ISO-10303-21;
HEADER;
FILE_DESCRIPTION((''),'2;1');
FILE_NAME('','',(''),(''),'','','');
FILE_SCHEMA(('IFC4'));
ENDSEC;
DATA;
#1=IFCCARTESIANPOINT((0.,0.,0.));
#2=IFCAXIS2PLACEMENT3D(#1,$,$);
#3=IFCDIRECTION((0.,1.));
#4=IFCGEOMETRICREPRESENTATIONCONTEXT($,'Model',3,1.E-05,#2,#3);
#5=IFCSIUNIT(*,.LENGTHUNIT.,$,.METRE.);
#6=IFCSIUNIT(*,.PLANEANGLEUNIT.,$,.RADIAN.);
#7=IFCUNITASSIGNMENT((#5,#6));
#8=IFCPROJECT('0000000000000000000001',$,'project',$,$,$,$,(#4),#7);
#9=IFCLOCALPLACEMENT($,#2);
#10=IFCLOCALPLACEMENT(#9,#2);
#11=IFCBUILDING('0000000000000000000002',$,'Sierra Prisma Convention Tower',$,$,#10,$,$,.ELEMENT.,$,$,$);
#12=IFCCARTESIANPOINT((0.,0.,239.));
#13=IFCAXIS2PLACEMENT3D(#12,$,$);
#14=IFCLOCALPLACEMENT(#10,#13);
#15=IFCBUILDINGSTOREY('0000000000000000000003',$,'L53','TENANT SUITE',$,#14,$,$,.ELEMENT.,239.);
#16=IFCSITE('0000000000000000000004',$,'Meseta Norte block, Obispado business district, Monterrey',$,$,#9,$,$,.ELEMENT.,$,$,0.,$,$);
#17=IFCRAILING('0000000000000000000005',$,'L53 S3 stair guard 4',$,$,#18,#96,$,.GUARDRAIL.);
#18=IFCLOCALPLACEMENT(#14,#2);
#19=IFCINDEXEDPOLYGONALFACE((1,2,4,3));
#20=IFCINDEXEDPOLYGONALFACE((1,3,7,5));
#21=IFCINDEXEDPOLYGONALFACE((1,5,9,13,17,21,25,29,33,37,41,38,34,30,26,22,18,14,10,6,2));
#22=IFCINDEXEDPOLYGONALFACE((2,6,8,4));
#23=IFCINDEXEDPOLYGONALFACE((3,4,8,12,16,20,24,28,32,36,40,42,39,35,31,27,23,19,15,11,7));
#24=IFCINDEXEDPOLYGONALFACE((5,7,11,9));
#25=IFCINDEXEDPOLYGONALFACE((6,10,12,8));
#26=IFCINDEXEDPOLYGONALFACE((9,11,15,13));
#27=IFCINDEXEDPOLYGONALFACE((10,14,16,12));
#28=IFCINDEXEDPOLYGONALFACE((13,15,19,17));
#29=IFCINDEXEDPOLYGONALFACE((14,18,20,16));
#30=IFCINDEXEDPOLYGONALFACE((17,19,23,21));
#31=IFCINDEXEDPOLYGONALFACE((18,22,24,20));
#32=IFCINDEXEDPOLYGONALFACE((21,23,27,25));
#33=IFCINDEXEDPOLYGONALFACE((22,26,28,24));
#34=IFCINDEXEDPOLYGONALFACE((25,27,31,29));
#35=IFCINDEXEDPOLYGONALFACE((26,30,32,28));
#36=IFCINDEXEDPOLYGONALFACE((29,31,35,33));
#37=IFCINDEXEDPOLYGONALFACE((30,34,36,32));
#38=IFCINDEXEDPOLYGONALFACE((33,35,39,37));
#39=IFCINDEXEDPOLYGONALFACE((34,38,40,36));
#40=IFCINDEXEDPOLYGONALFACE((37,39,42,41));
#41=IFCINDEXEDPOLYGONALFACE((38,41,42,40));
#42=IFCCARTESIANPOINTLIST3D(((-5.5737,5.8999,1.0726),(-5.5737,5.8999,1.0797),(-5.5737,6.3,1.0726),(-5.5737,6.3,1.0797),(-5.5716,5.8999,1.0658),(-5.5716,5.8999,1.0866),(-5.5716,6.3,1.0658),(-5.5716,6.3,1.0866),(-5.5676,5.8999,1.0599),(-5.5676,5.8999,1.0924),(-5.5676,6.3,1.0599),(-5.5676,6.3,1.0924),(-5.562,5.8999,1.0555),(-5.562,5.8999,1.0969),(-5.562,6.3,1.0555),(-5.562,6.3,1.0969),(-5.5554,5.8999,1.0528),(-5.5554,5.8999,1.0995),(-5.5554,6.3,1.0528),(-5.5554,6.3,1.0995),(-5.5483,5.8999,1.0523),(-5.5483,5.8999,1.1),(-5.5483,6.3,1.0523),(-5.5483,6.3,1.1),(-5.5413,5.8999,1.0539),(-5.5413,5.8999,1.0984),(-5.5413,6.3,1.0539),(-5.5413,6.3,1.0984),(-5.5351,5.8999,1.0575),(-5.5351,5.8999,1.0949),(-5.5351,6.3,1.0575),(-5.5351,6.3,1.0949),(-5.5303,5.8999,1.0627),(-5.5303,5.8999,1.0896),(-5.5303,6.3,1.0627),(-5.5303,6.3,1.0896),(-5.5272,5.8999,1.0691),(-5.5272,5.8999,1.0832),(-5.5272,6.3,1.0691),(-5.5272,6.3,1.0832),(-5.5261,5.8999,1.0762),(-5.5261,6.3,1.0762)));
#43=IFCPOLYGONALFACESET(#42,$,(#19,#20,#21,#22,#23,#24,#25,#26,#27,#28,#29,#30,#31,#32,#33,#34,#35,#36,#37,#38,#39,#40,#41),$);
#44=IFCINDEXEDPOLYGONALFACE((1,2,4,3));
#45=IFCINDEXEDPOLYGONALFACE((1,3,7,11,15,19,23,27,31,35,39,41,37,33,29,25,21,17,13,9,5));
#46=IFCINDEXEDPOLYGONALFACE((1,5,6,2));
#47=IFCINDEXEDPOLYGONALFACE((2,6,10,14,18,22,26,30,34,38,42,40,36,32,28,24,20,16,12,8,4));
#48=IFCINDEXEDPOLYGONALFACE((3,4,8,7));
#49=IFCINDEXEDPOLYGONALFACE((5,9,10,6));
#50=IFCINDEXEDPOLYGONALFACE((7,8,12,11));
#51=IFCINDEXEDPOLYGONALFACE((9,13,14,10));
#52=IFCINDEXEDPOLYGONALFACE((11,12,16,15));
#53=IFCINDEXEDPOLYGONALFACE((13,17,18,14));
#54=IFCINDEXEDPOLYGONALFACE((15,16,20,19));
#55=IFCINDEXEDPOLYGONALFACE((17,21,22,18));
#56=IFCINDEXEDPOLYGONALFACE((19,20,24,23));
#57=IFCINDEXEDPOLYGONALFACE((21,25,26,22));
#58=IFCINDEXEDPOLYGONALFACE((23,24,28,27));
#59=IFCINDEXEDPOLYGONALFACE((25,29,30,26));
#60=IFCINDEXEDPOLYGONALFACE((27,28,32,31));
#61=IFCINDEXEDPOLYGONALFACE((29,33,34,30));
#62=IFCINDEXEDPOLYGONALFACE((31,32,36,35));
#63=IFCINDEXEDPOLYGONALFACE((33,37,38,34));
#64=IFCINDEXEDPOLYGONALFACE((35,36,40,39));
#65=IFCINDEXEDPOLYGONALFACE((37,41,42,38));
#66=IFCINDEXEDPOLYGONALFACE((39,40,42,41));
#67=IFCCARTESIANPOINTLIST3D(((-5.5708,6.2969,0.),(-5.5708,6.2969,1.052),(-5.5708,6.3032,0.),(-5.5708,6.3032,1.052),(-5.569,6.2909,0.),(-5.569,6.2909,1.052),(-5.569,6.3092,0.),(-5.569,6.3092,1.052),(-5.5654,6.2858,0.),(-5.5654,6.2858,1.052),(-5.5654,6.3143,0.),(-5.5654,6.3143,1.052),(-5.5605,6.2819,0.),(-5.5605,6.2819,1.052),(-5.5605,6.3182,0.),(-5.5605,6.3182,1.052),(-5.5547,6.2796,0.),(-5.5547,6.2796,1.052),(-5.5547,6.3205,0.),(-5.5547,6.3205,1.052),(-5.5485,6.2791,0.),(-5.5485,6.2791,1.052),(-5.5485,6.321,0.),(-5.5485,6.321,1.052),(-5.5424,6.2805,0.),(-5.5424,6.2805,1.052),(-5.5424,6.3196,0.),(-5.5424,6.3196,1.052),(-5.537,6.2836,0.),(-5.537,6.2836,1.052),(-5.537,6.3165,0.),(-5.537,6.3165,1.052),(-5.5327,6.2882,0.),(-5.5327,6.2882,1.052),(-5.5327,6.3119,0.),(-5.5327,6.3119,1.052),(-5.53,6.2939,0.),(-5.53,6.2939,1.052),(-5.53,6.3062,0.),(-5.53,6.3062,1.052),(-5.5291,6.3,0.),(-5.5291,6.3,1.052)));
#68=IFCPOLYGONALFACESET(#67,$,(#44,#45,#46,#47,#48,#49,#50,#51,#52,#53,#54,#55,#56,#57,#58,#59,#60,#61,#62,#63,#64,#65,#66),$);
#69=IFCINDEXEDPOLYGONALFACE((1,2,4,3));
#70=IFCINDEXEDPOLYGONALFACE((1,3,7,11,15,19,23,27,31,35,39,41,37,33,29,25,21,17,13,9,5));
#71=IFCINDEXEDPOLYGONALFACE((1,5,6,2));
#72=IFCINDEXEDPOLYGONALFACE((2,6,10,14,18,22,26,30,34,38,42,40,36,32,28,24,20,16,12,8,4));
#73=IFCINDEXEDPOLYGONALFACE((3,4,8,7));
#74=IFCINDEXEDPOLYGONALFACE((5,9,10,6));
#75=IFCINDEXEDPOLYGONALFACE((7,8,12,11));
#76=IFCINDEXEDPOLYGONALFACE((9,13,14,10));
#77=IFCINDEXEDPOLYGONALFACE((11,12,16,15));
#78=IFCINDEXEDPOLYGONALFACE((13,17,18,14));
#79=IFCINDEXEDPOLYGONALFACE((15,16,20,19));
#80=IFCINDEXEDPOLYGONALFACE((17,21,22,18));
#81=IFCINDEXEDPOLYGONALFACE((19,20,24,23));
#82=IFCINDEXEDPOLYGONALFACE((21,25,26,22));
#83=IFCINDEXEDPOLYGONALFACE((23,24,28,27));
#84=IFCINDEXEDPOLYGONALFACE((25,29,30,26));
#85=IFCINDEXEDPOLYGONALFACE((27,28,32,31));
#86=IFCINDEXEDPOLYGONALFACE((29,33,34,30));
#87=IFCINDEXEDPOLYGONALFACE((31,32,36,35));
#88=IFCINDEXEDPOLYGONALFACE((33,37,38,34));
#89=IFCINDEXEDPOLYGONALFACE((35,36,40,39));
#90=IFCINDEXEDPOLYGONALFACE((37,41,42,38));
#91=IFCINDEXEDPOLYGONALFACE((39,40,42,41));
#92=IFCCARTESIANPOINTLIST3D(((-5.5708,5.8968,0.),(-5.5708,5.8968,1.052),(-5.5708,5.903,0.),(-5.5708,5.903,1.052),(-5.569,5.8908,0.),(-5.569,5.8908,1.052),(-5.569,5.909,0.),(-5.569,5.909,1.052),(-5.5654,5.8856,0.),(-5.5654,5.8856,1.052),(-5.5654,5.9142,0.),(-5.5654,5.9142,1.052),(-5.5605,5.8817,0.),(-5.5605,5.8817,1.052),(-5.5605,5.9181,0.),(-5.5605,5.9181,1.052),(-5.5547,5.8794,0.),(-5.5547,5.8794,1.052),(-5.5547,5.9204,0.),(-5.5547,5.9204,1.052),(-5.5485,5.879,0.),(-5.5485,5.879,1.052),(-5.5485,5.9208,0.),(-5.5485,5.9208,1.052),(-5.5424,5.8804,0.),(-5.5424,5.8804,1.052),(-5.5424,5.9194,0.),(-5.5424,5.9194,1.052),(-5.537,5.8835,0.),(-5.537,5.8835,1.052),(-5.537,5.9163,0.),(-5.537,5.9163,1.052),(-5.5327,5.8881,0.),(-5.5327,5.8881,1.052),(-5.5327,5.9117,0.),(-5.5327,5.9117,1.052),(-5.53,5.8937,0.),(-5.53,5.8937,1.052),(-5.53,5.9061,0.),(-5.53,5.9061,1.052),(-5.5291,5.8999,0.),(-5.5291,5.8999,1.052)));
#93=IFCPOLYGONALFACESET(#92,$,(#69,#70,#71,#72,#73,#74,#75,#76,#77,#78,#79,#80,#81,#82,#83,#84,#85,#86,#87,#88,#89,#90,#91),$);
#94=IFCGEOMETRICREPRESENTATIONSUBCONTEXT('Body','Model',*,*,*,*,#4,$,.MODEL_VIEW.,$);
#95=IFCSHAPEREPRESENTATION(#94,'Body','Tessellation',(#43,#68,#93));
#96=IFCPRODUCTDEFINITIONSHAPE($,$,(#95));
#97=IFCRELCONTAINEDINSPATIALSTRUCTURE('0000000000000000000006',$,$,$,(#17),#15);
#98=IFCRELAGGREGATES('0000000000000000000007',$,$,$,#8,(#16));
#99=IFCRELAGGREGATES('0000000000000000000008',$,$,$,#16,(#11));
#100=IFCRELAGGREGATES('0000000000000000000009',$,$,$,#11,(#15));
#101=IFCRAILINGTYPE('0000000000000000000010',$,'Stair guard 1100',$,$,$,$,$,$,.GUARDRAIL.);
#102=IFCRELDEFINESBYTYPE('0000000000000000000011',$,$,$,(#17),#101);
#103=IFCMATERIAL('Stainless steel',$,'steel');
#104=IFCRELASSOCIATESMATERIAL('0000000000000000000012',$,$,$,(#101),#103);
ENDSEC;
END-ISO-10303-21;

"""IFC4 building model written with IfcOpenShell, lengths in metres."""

from ifc_helpers import new_model, si_unit, direction, frame, origin, origin_2d, place, context, subcontext, project, spatial, circle, extrude, material, type_object, element, save


model = new_model("IFC4")

# Units and contexts
model_context = context("Model", 3, precision=1e-05, world=origin(), true_north=direction((0.0, 1.0)))
body_context = subcontext(model_context, "Body", "Model", "MODEL_VIEW")
ifc_project = project(units=[si_unit("LENGTHUNIT", "METRE"), si_unit("PLANEANGLEUNIT", "RADIAN")], contexts=[model_context])

# Site, building, storey
site_placement = place(None, origin())
site = spatial("IfcSite", under=ifc_project, at=site_placement, Name="Meseta Norte block, Obispado business district, Monterrey", CompositionType="ELEMENT", RefElevation=0.0)
building_placement = place(site_placement, origin())
building = spatial("IfcBuilding", under=site, at=building_placement, Name="Sierra Prisma Convention Tower", CompositionType="ELEMENT")
storey_placement = place(building_placement, frame((0.0, 0.0, 239.0)))
storey = spatial("IfcBuildingStorey", under=building, at=storey_placement, Name="L53", Description="TENANT SUITE", CompositionType="ELEMENT", Elevation=239.0)

# Railing
ifc_material_1 = material(Name="Stainless steel", Category="steel")
railing_type_1 = type_object("IfcRailingType", Name="Stair guard 1100", PredefinedType="GUARDRAIL", material=ifc_material_1)
railing_1_placement = place(storey_placement, frame((-5.55, 6.3, 0.0)))
element("IfcRailing", 1, at=railing_1_placement, inside=storey, type_object=railing_type_1, Name="L53 S3 stair guard 4", PredefinedType="GUARDRAIL", context=body_context, shape_type="SweptSolid", body=[
    extrude(circle(Radius=0.0239, at=origin_2d()), frame((0.0, 0.0, 1.0762), z_axis=(0.0, -1.0, 0.0), x_axis=(1.0, 0.0, 0.0)), (0.0, 0.0, 1.0), 0.4001),
    extrude(circle(Radius=0.021, at=origin_2d()), origin(), (0.0, 0.0, 1.0), 1.052),
    extrude(circle(Radius=0.021, at=origin_2d()), frame((0.0, -0.4001, 0.0)), (0.0, 0.0, 1.0), 1.052),
])

save(model, "model.ifc")
